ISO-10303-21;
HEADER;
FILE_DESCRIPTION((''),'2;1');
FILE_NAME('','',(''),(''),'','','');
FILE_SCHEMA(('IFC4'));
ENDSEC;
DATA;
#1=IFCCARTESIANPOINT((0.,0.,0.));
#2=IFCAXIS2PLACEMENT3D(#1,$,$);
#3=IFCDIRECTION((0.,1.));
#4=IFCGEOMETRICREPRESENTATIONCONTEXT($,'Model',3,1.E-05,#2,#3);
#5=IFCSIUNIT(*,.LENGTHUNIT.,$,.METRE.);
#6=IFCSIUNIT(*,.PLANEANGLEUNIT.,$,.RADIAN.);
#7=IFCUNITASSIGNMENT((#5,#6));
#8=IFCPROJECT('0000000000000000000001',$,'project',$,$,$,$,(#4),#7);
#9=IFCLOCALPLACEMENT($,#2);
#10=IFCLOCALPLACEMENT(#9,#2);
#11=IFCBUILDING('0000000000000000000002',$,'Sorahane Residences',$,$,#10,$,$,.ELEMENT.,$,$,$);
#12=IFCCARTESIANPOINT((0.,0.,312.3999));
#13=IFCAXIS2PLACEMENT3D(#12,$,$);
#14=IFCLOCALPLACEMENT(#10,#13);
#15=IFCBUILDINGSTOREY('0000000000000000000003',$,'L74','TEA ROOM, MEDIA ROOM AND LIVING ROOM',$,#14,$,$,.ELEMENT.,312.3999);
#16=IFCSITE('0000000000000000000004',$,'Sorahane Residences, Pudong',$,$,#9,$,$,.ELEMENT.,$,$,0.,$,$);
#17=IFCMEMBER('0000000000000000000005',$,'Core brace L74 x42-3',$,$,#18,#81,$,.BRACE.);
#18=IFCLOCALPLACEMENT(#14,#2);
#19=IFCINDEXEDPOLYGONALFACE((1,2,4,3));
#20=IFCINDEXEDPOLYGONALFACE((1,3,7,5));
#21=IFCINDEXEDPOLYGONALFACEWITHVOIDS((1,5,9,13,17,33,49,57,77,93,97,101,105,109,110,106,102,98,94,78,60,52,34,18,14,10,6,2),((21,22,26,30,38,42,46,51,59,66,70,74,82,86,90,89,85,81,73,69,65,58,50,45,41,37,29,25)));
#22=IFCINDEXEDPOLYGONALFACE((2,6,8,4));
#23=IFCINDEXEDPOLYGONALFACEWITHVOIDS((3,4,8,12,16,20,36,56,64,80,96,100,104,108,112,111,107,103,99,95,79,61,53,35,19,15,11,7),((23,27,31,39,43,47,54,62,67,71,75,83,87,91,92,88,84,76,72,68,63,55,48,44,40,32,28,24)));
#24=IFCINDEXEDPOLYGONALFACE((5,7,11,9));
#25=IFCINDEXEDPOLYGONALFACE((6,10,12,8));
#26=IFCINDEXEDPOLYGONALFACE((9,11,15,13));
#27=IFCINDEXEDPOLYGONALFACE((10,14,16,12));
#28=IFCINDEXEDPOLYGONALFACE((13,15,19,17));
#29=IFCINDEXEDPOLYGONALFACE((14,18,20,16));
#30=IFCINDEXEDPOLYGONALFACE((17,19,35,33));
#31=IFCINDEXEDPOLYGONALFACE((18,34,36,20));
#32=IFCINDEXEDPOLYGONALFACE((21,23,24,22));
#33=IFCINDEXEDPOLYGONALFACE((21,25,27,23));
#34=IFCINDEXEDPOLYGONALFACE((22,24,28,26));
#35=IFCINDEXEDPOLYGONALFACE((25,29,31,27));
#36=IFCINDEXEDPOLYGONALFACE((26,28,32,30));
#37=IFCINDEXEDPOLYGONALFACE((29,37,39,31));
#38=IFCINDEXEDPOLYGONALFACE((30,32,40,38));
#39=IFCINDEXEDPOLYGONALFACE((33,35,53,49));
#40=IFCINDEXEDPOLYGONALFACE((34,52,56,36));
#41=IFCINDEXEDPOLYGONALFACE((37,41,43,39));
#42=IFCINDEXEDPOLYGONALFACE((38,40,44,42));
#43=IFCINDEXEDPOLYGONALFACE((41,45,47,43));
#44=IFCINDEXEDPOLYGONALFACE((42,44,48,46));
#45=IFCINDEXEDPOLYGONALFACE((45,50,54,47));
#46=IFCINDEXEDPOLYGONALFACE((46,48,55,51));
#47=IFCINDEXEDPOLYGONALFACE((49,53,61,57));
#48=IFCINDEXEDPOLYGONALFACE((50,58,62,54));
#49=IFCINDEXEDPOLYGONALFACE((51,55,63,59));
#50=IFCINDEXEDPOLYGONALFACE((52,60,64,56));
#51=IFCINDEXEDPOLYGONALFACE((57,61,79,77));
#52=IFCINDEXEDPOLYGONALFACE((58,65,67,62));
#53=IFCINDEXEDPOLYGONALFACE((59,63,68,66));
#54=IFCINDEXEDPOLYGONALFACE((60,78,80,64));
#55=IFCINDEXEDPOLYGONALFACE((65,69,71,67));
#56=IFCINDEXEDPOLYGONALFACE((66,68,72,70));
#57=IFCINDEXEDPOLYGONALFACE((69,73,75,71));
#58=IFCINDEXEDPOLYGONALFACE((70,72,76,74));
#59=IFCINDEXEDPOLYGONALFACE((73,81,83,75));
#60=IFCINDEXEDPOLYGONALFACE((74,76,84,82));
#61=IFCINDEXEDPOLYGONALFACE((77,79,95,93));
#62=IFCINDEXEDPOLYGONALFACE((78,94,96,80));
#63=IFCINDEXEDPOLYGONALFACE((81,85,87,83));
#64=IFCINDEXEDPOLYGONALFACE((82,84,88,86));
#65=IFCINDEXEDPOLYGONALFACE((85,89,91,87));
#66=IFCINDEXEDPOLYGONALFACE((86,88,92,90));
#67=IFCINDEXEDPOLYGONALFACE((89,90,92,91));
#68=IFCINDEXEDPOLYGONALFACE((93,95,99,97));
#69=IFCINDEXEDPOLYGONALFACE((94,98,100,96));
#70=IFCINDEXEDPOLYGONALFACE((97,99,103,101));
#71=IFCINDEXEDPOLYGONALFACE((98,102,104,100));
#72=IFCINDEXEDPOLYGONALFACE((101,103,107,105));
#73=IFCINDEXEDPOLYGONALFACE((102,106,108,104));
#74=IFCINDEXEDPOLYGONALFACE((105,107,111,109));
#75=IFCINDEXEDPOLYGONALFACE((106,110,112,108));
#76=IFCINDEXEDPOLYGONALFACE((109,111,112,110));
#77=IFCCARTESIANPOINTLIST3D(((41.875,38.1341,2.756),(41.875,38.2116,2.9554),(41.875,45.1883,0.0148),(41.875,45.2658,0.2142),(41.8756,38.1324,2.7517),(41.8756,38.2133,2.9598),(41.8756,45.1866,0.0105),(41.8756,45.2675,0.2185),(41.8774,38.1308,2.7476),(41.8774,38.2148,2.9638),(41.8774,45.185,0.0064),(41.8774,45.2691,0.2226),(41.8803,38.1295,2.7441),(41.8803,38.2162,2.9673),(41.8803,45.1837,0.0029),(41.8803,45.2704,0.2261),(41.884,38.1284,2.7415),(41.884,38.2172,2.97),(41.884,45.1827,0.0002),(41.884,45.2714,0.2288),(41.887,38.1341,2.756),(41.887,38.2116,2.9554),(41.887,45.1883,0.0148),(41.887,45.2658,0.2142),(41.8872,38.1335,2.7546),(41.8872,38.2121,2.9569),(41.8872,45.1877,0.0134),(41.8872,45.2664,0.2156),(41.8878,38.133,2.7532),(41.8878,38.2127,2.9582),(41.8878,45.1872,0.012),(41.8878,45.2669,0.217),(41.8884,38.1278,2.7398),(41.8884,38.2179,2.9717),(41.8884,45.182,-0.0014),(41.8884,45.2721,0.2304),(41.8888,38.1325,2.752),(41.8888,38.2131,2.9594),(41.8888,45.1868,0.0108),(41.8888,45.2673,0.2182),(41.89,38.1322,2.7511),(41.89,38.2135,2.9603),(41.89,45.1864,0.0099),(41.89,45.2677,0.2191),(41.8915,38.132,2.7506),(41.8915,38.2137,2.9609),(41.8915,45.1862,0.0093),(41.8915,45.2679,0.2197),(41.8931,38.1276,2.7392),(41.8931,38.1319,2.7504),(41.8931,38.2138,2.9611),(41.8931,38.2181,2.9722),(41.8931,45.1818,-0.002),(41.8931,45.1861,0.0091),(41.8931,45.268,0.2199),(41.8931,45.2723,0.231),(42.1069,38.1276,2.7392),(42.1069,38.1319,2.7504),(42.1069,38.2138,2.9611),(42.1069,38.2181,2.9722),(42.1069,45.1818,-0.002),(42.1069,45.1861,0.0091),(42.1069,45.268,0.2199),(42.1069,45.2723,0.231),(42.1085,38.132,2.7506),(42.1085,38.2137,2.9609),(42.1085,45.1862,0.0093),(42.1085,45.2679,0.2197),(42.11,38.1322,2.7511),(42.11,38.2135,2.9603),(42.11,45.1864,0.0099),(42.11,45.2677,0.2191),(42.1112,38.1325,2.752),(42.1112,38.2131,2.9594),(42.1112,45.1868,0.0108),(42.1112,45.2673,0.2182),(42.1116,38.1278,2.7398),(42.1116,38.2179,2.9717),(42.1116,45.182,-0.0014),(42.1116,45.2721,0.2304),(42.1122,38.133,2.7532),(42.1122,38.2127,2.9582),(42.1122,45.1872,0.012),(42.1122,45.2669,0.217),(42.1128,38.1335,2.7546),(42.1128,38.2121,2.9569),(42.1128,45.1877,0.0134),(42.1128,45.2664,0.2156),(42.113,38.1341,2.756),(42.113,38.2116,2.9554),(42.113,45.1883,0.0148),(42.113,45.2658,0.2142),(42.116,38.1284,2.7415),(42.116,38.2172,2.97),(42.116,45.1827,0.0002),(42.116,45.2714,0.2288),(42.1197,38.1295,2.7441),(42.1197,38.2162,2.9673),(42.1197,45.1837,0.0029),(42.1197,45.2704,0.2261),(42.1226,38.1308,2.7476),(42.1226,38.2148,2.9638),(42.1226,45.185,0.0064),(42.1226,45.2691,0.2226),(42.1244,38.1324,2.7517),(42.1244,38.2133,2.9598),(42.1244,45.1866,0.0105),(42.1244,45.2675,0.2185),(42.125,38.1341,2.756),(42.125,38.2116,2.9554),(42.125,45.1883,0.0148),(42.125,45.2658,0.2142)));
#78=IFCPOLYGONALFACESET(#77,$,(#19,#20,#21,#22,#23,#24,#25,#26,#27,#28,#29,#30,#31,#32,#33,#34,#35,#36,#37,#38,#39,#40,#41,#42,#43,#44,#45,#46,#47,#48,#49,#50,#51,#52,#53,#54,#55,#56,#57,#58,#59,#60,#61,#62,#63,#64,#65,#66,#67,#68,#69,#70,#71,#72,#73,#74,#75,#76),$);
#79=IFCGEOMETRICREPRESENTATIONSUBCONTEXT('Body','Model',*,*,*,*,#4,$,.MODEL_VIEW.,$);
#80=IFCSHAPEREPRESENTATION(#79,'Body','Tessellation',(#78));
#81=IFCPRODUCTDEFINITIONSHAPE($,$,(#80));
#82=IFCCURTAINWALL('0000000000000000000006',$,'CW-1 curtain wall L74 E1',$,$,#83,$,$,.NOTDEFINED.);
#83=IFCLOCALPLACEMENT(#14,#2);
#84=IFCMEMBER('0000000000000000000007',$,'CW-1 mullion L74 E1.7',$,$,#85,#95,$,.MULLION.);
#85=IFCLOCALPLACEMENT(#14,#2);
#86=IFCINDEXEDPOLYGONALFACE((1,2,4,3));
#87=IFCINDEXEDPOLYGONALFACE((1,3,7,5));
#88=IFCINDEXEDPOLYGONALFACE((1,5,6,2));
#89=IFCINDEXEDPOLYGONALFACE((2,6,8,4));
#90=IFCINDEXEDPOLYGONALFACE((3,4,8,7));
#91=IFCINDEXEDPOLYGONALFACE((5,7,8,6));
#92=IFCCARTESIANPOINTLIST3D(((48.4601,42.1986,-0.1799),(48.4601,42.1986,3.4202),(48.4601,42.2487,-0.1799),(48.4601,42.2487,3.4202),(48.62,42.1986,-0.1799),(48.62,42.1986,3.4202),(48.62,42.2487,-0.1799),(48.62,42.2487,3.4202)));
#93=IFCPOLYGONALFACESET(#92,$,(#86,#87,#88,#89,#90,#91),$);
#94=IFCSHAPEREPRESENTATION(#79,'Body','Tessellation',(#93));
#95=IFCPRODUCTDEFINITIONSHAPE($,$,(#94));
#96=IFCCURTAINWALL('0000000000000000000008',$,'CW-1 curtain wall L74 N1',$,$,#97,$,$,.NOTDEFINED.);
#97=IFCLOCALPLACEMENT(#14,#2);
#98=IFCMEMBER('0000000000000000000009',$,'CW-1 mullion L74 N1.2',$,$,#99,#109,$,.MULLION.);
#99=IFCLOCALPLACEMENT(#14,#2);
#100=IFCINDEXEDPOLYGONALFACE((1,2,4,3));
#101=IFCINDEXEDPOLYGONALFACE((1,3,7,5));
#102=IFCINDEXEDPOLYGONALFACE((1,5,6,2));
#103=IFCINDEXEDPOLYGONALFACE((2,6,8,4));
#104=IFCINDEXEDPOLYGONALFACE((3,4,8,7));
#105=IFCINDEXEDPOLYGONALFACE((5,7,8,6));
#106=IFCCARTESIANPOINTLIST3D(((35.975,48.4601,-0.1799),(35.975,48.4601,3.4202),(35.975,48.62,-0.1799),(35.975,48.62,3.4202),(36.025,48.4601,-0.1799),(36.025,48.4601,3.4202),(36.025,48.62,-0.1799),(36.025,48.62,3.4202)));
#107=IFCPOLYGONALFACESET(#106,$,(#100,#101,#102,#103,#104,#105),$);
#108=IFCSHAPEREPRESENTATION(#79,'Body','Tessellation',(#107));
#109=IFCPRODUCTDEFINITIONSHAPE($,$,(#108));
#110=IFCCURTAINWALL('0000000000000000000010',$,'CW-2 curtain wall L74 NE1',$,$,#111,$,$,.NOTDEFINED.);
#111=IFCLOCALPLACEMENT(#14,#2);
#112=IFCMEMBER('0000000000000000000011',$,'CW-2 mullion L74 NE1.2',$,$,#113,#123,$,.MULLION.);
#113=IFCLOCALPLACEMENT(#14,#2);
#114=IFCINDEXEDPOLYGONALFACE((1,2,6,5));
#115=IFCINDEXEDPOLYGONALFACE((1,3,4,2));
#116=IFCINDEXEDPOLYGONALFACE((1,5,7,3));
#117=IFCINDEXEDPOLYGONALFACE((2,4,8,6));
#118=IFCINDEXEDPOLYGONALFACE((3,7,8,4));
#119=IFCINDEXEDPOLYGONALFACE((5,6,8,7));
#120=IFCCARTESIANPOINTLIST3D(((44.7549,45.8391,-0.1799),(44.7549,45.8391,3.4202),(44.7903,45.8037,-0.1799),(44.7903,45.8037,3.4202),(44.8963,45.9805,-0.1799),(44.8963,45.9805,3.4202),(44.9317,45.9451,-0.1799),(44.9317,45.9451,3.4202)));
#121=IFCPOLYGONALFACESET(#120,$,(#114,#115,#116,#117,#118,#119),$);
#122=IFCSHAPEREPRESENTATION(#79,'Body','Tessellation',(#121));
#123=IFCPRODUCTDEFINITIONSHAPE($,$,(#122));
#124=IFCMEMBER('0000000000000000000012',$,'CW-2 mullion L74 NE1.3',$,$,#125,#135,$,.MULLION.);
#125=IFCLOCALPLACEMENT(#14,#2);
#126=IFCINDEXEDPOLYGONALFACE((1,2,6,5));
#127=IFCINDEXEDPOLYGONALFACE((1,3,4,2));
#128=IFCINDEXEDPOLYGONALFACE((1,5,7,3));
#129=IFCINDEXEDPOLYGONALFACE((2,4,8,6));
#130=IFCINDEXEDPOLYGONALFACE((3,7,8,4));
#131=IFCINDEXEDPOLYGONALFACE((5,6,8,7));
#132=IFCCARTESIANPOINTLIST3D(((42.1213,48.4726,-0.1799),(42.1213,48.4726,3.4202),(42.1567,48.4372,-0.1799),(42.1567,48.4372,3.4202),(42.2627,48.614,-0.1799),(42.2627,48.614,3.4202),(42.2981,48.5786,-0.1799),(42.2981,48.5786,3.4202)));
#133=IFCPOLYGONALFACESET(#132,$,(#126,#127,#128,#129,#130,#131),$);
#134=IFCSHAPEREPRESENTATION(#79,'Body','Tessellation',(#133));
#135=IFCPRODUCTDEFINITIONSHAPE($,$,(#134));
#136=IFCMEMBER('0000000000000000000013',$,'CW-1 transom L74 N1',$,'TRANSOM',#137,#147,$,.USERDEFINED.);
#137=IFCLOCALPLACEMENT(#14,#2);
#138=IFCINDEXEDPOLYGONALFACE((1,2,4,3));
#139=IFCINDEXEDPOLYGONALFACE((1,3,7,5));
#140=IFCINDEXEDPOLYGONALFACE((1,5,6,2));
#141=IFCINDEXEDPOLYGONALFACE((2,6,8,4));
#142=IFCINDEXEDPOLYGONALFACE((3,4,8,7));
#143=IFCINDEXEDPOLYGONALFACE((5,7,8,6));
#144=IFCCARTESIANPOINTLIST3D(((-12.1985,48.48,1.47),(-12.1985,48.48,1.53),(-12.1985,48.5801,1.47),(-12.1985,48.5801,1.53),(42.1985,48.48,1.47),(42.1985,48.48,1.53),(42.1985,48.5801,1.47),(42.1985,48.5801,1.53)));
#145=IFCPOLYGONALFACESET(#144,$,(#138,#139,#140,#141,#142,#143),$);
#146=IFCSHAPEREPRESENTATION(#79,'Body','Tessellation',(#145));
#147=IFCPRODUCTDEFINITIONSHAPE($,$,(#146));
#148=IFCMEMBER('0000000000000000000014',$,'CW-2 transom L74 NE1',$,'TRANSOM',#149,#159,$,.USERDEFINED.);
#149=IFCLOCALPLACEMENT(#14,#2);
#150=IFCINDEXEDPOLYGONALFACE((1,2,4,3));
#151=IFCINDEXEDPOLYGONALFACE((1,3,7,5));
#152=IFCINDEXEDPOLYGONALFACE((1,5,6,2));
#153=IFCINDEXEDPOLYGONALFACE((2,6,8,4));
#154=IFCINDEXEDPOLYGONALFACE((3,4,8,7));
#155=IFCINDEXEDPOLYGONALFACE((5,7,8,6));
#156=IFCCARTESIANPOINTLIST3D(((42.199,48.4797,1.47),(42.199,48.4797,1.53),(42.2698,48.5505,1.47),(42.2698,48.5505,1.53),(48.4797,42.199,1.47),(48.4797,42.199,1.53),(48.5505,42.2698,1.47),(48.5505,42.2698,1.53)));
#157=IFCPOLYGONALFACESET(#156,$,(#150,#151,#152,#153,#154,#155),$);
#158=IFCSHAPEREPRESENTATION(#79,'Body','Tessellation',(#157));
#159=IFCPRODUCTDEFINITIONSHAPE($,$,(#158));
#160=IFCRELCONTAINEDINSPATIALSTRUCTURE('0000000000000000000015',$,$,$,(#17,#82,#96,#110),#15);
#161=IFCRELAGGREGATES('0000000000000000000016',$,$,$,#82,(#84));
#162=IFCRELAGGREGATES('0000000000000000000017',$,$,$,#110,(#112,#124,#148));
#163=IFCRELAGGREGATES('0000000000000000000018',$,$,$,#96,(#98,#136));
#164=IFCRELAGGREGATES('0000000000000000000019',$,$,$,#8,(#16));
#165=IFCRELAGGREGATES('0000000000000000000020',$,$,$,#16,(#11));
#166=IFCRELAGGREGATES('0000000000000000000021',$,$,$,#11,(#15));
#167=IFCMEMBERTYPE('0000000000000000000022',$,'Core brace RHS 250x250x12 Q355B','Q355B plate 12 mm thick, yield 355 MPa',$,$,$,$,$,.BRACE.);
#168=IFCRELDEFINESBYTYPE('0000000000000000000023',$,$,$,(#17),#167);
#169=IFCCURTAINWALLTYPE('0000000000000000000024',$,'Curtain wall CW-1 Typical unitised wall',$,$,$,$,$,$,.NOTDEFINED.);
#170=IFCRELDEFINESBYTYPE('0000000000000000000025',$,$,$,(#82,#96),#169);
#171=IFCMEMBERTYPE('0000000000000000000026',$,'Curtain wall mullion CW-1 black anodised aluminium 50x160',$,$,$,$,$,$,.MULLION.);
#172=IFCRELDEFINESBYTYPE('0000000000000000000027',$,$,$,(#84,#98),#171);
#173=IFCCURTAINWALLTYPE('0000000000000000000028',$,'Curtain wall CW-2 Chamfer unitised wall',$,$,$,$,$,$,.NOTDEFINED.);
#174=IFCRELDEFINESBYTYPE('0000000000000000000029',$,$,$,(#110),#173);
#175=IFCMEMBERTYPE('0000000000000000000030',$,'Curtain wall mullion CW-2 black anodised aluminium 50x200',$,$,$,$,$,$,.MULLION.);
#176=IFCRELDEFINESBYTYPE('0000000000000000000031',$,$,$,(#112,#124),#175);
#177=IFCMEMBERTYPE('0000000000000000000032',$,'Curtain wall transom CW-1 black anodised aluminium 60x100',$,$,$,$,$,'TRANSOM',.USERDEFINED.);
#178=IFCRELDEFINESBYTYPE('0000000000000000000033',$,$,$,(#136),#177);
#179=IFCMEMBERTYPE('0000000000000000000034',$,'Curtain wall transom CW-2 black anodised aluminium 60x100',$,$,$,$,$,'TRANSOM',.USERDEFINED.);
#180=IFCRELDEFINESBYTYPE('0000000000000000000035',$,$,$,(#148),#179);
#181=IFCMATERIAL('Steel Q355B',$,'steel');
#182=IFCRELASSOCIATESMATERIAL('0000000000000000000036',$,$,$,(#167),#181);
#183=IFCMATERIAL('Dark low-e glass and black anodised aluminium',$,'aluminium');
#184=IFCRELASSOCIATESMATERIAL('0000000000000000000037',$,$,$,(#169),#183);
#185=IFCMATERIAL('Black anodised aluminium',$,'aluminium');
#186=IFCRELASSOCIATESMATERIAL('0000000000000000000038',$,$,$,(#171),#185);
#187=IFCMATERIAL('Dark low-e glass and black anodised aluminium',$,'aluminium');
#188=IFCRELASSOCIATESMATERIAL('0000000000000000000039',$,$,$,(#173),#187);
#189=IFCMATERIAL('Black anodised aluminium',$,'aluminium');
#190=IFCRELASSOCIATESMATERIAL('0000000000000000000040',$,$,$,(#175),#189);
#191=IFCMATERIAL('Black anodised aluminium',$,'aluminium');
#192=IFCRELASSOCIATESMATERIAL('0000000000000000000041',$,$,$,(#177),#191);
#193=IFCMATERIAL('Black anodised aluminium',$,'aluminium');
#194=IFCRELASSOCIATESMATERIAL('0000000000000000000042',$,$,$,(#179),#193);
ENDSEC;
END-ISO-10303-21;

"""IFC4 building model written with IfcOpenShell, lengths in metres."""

from ifc_helpers import new_model, si_unit, direction, frame, origin, origin_2d, place, context, subcontext, project, spatial, rectangle, hollow_rectangle, extrude, material, material_profile, profile_set, type_object, element, aggregate, save


model = new_model("IFC4")

# Units and contexts
model_context = context("Model", 3, precision=1e-05, world=origin(), true_north=direction((0.0, 1.0)))
body_context = subcontext(model_context, "Body", "Model", "MODEL_VIEW")
ifc_project = project(units=[si_unit("LENGTHUNIT", "METRE"), si_unit("PLANEANGLEUNIT", "RADIAN")], contexts=[model_context])

# Site, building, storey
site_placement = place(None, origin())
site = spatial("IfcSite", under=ifc_project, at=site_placement, Name="Sorahane Residences, Pudong", CompositionType="ELEMENT", RefElevation=0.0)
building_placement = place(site_placement, origin())
building = spatial("IfcBuilding", under=site, at=building_placement, Name="Sorahane Residences", CompositionType="ELEMENT")
storey_placement = place(building_placement, frame((0.0, 0.0, 312.3999)))
storey = spatial("IfcBuildingStorey", under=building, at=storey_placement, Name="L74", Description="TEA ROOM, MEDIA ROOM AND LIVING ROOM", CompositionType="ELEMENT", Elevation=312.3999)

# Member
ifc_material_1 = material(Name="Steel Q355B", Category="steel")
ifc_material_profile_1 = material_profile(ifc_material_1, hollow_rectangle(XDim=0.25, YDim=0.25, WallThickness=0.012, InnerFilletRadius=0.0061, OuterFilletRadius=0.0181, at=origin_2d()), Name="RHS 250x250x12")
ifc_profile_set_1 = profile_set([ifc_material_profile_1], Name="Steel Q355B")
member_type_1 = type_object("IfcMemberType", Name="Core brace RHS 250x250x12 Q355B", Description="Q355B plate 12 mm thick, yield 355 MPa", PredefinedType="BRACE", material=ifc_profile_set_1)
member_1_placement = place(storey_placement, frame((42.0, 45.2271, 0.1145), z_axis=(0.0, -0.932098, 0.362207), x_axis=(1.0, 0.0, 0.0)))
element("IfcMember", 1, at=member_1_placement, inside=storey, type_object=member_type_1, Name="Core brace L74 x42-3", PredefinedType="BRACE", context=body_context, shape_type="SweptSolid", body=[
    extrude(hollow_rectangle(XDim=0.25, YDim=0.25, WallThickness=0.012, InnerFilletRadius=0.0061, OuterFilletRadius=0.0181, at=origin_2d()), origin(), (0.0, 0.0, 1.0), 7.5681),
])

# Curtain walls, members
ifc_material_2 = material(Name="Dark low-e glass and black anodised aluminium", Category="aluminium")
curtain_wall_type_1 = type_object("IfcCurtainWallType", Name="Curtain wall CW-1 Typical unitised wall", PredefinedType="NOTDEFINED", material=ifc_material_2)
curtain_wall_1_placement = place(storey_placement, origin())
curtain_wall_1 = element("IfcCurtainWall", 2, at=curtain_wall_1_placement, inside=storey, type_object=curtain_wall_type_1, Name="CW-1 curtain wall L74 E1", PredefinedType="NOTDEFINED")
ifc_material_3 = material(Name="Black anodised aluminium", Category="aluminium")
ifc_material_profile_2 = material_profile(ifc_material_3, rectangle(XDim=0.1599, YDim=0.05, at=origin_2d()), Name="Curtain wall mullion CW-1 black anodised aluminium 50x160")
ifc_profile_set_2 = profile_set([ifc_material_profile_2], Name="Black anodised aluminium")
member_type_2 = type_object("IfcMemberType", Name="Curtain wall mullion CW-1 black anodised aluminium 50x160", PredefinedType="MULLION", material=ifc_profile_set_2)
member_2_placement = place(storey_placement, frame((48.54, 42.2236, -0.1799), z_axis=(0.0, 0.0, 1.0), x_axis=(1.0, 0.0, 0.0)))
member_2 = element("IfcMember", 3, at=member_2_placement, type_object=member_type_2, Name="CW-1 mullion L74 E1.7", PredefinedType="MULLION", context=body_context, shape_type="SweptSolid", body=[
    extrude(rectangle(XDim=0.1599, YDim=0.05, at=origin_2d()), origin(), (0.0, 0.0, 1.0), 3.6001),
])
aggregate(curtain_wall_1, [member_2])
curtain_wall_2_placement = place(storey_placement, origin())
curtain_wall_2 = element("IfcCurtainWall", 4, at=curtain_wall_2_placement, inside=storey, type_object=curtain_wall_type_1, Name="CW-1 curtain wall L74 N1", PredefinedType="NOTDEFINED")
member_3_placement = place(storey_placement, frame((36.0, 48.54, -0.1799), z_axis=(0.0, 0.0, 1.0), x_axis=(0.0, 1.0, 0.0)))
member_3 = element("IfcMember", 5, at=member_3_placement, type_object=member_type_2, Name="CW-1 mullion L74 N1.2", PredefinedType="MULLION", context=body_context, shape_type="SweptSolid", body=[
    extrude(rectangle(XDim=0.1599, YDim=0.05, at=origin_2d()), origin(), (0.0, 0.0, 1.0), 3.6001),
])

# Curtain wall, members
ifc_material_4 = material(Name="Dark low-e glass and black anodised aluminium", Category="aluminium")
curtain_wall_type_2 = type_object("IfcCurtainWallType", Name="Curtain wall CW-2 Chamfer unitised wall", PredefinedType="NOTDEFINED", material=ifc_material_4)
curtain_wall_3_placement = place(storey_placement, origin())
curtain_wall_3 = element("IfcCurtainWall", 6, at=curtain_wall_3_placement, inside=storey, type_object=curtain_wall_type_2, Name="CW-2 curtain wall L74 NE1", PredefinedType="NOTDEFINED")
ifc_material_5 = material(Name="Black anodised aluminium", Category="aluminium")
ifc_material_profile_3 = material_profile(ifc_material_5, rectangle(XDim=0.2, YDim=0.05, at=origin_2d()), Name="Curtain wall mullion CW-2 black anodised aluminium 50x200")
ifc_profile_set_3 = profile_set([ifc_material_profile_3], Name="Black anodised aluminium")
member_type_3 = type_object("IfcMemberType", Name="Curtain wall mullion CW-2 black anodised aluminium 50x200", PredefinedType="MULLION", material=ifc_profile_set_3)
member_4_placement = place(storey_placement, frame((44.8433, 45.8921, -0.1799), z_axis=(0.0, 0.0, 1.0), x_axis=(0.707107, 0.707107, 0.0)))
member_4 = element("IfcMember", 7, at=member_4_placement, type_object=member_type_3, Name="CW-2 mullion L74 NE1.2", PredefinedType="MULLION", context=body_context, shape_type="SweptSolid", body=[
    extrude(rectangle(XDim=0.2, YDim=0.05, at=origin_2d()), origin(), (0.0, 0.0, 1.0), 3.6001),
])
member_5_placement = place(storey_placement, frame((42.2097, 48.5256, -0.1799), z_axis=(0.0, 0.0, 1.0), x_axis=(0.707107, 0.707107, 0.0)))
member_5 = element("IfcMember", 8, at=member_5_placement, type_object=member_type_3, Name="CW-2 mullion L74 NE1.3", PredefinedType="MULLION", context=body_context, shape_type="SweptSolid", body=[
    extrude(rectangle(XDim=0.2, YDim=0.05, at=origin_2d()), origin(), (0.0, 0.0, 1.0), 3.6001),
])

# Members
ifc_material_6 = material(Name="Black anodised aluminium", Category="aluminium")
ifc_material_profile_4 = material_profile(ifc_material_6, rectangle(XDim=0.1001, YDim=0.0601, at=origin_2d()), Name="Curtain wall transom CW-1 black anodised aluminium 60x100")
ifc_profile_set_4 = profile_set([ifc_material_profile_4], Name="Black anodised aluminium")
member_type_4 = type_object("IfcMemberType", Name="Curtain wall transom CW-1 black anodised aluminium 60x100", ElementType="TRANSOM", PredefinedType="USERDEFINED", material=ifc_profile_set_4)
member_6_placement = place(storey_placement, frame((42.1985, 48.53, 1.5), z_axis=(-1.0, 0.0, 0.0), x_axis=(0.0, -1.0, 0.0)))
member_6 = element("IfcMember", 9, at=member_6_placement, type_object=member_type_4, Name="CW-1 transom L74 N1", ObjectType="TRANSOM", PredefinedType="USERDEFINED", context=body_context, shape_type="SweptSolid", body=[
    extrude(rectangle(XDim=0.1001, YDim=0.0601, at=origin_2d()), origin(), (0.0, 0.0, 1.0), 54.397),
])
ifc_material_7 = material(Name="Black anodised aluminium", Category="aluminium")
ifc_material_profile_5 = material_profile(ifc_material_7, rectangle(XDim=0.1001, YDim=0.0601, at=origin_2d()), Name="Curtain wall transom CW-2 black anodised aluminium 60x100")
ifc_profile_set_5 = profile_set([ifc_material_profile_5], Name="Black anodised aluminium")
member_type_5 = type_object("IfcMemberType", Name="Curtain wall transom CW-2 black anodised aluminium 60x100", ElementType="TRANSOM", PredefinedType="USERDEFINED", material=ifc_profile_set_5)
member_7_placement = place(storey_placement, frame((48.5151, 42.2344, 1.5), z_axis=(-0.707107, 0.707107, 0.0), x_axis=(-0.707107, -0.707107, 0.0)))
member_7 = element("IfcMember", 10, at=member_7_placement, type_object=member_type_5, Name="CW-2 transom L74 NE1", ObjectType="TRANSOM", PredefinedType="USERDEFINED", context=body_context, shape_type="SweptSolid", body=[
    extrude(rectangle(XDim=0.1001, YDim=0.0601, at=origin_2d()), origin(), (0.0, 0.0, 1.0), 8.8823),
])

aggregate(curtain_wall_3, [member_4, member_5, member_7])
aggregate(curtain_wall_2, [member_3, member_6])

save(model, "model.ifc")
